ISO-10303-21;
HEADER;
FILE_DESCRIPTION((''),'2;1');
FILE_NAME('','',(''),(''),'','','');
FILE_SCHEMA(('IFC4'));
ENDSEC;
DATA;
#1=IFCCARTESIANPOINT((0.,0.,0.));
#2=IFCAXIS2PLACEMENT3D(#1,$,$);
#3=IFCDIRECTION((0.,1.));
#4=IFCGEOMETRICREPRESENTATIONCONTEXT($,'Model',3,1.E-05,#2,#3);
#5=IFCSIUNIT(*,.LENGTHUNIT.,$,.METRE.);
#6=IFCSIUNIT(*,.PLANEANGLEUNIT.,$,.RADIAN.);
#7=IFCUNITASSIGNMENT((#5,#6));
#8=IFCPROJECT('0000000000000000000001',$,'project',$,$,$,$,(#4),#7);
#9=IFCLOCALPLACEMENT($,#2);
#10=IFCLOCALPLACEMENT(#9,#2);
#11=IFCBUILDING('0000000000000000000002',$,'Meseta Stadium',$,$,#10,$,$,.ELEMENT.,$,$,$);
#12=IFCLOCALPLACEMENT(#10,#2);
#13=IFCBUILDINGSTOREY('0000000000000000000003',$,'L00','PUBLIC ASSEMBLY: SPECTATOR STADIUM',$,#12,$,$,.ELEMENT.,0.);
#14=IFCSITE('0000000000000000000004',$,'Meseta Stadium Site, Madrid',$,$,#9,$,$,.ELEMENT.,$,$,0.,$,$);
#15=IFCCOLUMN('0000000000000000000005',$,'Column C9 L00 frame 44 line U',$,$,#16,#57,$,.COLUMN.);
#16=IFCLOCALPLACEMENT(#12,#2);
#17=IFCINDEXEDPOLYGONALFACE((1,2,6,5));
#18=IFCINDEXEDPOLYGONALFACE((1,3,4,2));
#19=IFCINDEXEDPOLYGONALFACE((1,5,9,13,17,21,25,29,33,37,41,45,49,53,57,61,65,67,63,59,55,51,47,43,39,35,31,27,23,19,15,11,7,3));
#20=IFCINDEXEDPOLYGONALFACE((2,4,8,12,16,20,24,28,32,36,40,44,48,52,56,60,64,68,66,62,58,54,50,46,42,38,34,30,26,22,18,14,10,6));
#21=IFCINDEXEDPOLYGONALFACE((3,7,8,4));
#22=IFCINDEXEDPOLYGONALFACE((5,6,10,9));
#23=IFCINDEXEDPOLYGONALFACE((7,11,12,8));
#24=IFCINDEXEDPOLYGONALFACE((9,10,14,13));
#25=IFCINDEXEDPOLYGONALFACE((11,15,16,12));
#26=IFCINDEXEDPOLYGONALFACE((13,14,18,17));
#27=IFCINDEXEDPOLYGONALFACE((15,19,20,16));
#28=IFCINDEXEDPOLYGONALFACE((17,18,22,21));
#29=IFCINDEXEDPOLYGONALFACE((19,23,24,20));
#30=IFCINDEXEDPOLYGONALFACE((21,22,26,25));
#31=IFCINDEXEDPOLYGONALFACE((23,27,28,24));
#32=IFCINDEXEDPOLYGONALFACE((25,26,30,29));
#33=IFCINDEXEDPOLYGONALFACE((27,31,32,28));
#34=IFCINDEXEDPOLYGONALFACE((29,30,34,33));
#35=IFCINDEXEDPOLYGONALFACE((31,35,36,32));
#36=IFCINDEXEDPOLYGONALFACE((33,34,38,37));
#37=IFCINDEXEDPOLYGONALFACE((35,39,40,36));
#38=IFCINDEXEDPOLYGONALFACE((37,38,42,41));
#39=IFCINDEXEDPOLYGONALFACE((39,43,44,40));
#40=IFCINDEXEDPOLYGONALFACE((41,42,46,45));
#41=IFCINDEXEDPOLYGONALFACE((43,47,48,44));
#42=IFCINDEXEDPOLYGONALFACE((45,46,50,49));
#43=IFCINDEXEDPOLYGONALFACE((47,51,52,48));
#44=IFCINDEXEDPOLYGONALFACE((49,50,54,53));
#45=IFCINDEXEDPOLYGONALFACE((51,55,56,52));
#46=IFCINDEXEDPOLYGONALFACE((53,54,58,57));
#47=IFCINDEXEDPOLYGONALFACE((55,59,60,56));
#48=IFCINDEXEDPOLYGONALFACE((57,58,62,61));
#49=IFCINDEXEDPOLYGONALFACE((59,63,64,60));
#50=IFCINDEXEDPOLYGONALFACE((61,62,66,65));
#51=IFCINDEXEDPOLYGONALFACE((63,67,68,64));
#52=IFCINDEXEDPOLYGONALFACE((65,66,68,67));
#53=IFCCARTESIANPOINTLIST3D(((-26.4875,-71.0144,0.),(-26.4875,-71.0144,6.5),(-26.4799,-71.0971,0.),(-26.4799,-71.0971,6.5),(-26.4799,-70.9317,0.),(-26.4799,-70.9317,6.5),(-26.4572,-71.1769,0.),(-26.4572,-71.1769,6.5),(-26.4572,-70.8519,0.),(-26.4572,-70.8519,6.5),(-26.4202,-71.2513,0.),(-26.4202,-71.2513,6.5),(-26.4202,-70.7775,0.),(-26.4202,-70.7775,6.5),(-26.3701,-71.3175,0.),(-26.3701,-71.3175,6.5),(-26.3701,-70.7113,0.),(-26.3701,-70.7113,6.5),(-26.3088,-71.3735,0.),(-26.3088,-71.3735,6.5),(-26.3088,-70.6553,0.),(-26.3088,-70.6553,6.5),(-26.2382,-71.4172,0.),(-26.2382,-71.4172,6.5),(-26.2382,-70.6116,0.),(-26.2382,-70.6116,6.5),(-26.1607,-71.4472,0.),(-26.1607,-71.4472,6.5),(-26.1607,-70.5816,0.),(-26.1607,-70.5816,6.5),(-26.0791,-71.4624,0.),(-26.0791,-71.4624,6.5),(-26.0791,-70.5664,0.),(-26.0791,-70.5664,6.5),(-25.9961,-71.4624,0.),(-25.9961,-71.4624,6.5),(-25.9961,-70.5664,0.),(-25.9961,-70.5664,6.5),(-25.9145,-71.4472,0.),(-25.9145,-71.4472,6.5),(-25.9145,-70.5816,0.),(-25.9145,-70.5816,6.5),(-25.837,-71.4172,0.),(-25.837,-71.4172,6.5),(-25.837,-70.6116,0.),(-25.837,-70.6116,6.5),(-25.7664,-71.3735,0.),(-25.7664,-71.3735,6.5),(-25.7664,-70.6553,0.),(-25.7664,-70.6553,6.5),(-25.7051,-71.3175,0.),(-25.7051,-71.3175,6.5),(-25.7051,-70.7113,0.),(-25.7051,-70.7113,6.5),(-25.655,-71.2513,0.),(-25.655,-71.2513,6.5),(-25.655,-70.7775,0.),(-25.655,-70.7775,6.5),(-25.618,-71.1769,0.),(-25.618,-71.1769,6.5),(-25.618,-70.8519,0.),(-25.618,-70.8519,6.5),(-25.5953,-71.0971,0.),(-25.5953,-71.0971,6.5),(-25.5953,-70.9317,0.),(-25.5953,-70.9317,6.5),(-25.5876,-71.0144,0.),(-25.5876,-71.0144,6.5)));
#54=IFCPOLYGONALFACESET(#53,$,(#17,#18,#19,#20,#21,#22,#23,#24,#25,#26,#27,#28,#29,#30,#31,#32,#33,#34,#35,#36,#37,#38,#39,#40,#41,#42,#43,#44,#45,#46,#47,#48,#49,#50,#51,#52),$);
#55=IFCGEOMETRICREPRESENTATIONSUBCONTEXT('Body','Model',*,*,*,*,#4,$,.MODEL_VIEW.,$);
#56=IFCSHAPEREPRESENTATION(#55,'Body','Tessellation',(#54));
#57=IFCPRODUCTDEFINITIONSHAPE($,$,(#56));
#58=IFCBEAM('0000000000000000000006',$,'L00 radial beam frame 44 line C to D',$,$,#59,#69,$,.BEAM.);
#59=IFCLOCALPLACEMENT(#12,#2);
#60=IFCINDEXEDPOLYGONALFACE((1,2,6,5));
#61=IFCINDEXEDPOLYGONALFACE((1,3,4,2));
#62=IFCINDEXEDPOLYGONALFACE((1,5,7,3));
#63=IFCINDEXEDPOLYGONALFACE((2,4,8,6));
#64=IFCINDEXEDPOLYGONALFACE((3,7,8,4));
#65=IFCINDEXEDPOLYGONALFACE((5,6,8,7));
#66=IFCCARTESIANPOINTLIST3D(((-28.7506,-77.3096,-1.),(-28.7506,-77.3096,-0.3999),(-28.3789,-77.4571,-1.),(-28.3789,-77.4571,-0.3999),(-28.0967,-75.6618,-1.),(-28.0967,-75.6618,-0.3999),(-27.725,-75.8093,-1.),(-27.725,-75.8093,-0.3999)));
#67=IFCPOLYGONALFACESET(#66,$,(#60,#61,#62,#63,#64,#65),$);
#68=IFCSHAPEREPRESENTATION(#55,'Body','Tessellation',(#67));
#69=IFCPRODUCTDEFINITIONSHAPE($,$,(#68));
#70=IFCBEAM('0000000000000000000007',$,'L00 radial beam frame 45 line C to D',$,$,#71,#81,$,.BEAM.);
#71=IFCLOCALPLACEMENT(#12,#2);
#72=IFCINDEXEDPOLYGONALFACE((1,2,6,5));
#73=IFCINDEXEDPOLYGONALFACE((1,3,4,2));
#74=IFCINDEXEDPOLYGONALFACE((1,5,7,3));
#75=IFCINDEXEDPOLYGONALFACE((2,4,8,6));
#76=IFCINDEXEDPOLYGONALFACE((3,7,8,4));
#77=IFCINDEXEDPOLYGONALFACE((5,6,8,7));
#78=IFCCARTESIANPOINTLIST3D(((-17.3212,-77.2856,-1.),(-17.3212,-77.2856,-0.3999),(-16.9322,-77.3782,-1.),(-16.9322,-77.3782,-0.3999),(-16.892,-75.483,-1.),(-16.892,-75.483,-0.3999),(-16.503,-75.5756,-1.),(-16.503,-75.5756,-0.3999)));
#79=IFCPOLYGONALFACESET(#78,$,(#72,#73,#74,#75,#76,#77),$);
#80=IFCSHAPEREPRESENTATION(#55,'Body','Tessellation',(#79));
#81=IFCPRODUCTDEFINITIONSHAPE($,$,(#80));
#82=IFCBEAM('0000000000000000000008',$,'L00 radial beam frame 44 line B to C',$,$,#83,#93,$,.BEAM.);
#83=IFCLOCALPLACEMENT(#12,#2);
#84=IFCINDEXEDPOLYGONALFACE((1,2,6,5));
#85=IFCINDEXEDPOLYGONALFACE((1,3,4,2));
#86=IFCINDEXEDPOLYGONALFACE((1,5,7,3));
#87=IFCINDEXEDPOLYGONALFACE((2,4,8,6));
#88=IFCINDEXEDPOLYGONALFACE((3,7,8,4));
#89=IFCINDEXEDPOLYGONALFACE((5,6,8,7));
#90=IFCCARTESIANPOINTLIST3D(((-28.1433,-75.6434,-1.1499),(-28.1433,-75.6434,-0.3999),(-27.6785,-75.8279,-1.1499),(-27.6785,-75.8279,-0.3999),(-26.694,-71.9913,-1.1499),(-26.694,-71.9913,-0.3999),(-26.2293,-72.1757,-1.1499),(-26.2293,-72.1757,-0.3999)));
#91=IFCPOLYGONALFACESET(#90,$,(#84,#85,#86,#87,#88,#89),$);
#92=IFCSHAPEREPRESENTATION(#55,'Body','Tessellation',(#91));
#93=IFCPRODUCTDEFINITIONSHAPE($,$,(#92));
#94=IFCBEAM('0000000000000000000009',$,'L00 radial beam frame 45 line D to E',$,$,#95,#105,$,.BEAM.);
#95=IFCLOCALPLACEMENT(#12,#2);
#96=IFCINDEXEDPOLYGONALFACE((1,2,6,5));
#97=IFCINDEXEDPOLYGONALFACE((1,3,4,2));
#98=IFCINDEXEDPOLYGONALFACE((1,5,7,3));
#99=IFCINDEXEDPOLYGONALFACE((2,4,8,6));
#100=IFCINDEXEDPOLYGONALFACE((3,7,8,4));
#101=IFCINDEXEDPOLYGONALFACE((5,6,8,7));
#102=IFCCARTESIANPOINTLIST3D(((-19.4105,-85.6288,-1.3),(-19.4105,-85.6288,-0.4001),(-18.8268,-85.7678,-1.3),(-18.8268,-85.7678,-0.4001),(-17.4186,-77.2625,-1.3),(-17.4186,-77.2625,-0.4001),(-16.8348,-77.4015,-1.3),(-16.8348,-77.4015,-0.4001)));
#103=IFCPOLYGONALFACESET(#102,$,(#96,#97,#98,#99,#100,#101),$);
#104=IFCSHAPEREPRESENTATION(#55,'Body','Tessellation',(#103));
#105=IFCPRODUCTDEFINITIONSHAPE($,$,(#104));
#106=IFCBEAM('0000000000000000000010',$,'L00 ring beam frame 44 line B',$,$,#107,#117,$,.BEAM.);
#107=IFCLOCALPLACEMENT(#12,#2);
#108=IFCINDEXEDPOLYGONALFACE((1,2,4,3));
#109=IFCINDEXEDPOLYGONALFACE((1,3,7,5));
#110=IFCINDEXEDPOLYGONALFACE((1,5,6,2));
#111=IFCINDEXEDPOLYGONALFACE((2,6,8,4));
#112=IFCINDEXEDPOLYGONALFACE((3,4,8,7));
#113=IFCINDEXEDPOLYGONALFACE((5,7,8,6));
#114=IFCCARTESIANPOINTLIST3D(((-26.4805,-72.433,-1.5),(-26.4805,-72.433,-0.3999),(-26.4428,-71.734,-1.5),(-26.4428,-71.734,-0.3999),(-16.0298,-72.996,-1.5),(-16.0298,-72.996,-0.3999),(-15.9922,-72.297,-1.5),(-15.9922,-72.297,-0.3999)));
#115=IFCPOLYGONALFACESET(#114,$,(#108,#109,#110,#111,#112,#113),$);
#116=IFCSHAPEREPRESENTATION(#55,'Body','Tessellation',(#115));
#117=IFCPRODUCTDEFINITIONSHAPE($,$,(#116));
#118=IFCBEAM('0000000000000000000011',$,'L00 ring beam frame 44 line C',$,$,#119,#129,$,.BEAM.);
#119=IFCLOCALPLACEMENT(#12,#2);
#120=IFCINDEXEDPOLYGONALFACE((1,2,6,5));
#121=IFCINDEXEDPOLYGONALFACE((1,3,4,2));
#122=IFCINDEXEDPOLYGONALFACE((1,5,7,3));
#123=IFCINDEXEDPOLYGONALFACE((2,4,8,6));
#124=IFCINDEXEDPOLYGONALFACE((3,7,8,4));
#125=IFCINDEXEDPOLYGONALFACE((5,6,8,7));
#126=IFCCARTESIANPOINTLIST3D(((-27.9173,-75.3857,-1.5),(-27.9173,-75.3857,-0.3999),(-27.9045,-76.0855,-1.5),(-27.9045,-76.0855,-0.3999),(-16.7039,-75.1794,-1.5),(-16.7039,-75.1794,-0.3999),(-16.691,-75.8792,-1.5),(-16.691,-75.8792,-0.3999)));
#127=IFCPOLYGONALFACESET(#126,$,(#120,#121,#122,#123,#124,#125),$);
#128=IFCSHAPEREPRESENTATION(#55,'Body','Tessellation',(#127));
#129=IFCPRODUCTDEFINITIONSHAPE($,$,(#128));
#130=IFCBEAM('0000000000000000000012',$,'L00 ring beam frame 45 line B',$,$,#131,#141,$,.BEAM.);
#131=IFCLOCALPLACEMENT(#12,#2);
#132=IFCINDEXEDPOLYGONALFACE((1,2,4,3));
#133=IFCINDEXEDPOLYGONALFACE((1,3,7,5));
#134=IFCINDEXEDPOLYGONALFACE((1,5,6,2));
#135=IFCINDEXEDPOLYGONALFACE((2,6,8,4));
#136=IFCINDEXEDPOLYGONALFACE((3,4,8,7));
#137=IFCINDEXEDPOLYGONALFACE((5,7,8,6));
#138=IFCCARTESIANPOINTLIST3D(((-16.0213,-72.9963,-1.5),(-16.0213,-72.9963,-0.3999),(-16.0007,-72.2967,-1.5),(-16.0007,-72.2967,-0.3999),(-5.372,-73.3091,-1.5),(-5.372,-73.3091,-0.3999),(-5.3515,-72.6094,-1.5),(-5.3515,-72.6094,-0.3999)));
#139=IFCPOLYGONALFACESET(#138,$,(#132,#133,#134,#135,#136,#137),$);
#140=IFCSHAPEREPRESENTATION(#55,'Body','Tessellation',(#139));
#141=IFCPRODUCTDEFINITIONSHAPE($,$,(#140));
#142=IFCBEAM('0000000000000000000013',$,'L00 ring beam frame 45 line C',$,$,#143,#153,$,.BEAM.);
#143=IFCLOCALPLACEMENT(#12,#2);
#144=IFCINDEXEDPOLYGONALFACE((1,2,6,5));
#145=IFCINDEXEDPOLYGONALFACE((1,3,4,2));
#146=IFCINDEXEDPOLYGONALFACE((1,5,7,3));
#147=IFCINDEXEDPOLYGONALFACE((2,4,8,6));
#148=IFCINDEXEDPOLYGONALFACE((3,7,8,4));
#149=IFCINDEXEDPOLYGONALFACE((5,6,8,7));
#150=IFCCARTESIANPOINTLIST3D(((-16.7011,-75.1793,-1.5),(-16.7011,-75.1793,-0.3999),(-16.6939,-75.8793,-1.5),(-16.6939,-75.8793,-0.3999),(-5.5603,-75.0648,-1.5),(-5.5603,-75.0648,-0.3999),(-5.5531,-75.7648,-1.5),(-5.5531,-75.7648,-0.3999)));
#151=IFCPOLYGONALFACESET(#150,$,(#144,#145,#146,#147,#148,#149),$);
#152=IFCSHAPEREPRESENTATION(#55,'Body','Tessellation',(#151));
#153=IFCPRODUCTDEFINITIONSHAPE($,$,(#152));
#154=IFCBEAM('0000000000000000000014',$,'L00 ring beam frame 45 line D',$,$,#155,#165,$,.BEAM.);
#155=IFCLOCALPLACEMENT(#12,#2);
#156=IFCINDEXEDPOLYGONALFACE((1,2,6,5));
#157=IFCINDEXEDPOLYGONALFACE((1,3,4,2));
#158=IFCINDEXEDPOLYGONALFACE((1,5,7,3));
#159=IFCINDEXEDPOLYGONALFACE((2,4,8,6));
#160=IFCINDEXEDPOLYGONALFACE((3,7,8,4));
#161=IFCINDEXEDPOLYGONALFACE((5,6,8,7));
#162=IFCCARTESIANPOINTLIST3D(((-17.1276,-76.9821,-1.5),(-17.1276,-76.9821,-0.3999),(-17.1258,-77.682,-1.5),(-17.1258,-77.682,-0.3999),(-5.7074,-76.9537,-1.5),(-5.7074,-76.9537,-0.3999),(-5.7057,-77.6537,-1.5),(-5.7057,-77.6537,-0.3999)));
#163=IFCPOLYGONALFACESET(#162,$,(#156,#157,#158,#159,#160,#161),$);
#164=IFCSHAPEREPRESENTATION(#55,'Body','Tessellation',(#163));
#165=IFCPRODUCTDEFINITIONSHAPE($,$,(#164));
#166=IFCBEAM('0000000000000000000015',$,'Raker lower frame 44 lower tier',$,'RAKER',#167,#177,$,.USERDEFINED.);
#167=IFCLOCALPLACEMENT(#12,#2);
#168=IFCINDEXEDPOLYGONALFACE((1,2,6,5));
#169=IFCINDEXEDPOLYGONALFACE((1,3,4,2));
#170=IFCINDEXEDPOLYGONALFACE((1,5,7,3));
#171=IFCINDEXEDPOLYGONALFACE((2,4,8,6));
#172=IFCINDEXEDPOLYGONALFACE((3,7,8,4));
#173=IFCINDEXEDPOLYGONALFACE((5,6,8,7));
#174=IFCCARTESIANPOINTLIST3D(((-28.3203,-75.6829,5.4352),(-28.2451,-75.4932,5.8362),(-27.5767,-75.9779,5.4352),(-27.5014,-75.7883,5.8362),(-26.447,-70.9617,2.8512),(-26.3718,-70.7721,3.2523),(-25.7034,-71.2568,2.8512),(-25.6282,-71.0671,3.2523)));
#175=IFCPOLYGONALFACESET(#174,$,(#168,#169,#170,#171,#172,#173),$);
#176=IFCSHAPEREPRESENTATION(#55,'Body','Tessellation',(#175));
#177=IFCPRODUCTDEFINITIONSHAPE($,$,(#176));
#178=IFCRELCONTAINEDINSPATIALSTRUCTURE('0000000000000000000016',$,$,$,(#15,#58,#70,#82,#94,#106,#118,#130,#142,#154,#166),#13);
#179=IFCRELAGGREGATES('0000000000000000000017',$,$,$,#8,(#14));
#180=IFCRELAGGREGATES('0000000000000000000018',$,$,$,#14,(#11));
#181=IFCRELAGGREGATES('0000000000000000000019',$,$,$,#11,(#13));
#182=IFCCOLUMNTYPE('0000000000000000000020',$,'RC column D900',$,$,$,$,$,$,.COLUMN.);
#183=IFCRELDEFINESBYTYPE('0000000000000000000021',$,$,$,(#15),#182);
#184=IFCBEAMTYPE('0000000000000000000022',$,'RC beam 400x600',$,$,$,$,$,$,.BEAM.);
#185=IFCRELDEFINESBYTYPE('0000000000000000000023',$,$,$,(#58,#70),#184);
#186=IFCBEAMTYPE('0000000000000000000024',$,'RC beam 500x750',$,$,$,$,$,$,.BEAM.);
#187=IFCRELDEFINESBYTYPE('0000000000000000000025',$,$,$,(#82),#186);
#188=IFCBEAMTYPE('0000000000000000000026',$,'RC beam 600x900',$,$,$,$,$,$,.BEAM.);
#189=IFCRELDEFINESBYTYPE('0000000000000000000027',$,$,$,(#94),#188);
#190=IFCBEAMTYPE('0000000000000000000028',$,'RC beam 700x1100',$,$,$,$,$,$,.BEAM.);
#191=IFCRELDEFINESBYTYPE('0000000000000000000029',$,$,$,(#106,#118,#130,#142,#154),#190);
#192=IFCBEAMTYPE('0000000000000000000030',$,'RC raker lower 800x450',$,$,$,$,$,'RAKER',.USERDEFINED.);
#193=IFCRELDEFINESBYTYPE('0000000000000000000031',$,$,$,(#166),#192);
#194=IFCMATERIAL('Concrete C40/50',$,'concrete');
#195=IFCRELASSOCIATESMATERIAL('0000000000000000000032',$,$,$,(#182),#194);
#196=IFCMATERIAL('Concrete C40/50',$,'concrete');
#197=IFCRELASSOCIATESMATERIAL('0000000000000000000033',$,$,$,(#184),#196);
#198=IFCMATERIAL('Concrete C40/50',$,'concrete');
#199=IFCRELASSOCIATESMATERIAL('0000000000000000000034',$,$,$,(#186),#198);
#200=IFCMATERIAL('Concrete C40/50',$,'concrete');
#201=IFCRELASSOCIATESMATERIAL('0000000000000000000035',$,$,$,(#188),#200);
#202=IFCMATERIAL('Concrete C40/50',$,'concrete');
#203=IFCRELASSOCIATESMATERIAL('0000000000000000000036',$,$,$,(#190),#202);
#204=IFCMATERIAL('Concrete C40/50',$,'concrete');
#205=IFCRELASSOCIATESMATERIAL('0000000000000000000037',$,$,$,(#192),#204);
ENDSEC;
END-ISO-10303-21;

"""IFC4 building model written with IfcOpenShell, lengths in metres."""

from ifc_helpers import new_model, si_unit, direction, frame, origin, origin_2d, place, context, subcontext, project, spatial, rectangle, circle, extrude, material, material_profile, profile_set, type_object, element, save


model = new_model("IFC4")

# Units and contexts
model_context = context("Model", 3, precision=1e-05, world=origin(), true_north=direction((0.0, 1.0)))
body_context = subcontext(model_context, "Body", "Model", "MODEL_VIEW")
ifc_project = project(units=[si_unit("LENGTHUNIT", "METRE"), si_unit("PLANEANGLEUNIT", "RADIAN")], contexts=[model_context])

# Site, building, storey
site_placement = place(None, origin())
site = spatial("IfcSite", under=ifc_project, at=site_placement, Name="Meseta Stadium Site, Madrid", CompositionType="ELEMENT", RefElevation=0.0)
building_placement = place(site_placement, origin())
building = spatial("IfcBuilding", under=site, at=building_placement, Name="Meseta Stadium", CompositionType="ELEMENT")
storey_placement = place(building_placement, origin())
storey = spatial("IfcBuildingStorey", under=building, at=storey_placement, Name="L00", Description="PUBLIC ASSEMBLY: SPECTATOR STADIUM", CompositionType="ELEMENT", Elevation=0.0)

# Column
ifc_material_1 = material(Name="Concrete C40/50", Category="concrete")
ifc_material_profile_1 = material_profile(ifc_material_1, circle(Radius=0.45, at=origin_2d()), Name="RC D900")
ifc_profile_set_1 = profile_set([ifc_material_profile_1], Name="Concrete C40/50")
column_type_1 = type_object("IfcColumnType", Name="RC column D900", PredefinedType="COLUMN", material=ifc_profile_set_1)
column_1_placement = place(storey_placement, frame((-26.0376, -71.0144, 0.0), z_axis=(0.0, 0.0, 1.0), x_axis=(1.0, 0.0, 0.0)))
element("IfcColumn", 1, at=column_1_placement, inside=storey, type_object=column_type_1, Name="Column C9 L00 frame 44 line U", PredefinedType="COLUMN", context=body_context, shape_type="SweptSolid", body=[
    extrude(circle(Radius=0.45, at=origin_2d()), origin(), (0.0, 0.0, 1.0), 6.5),
])

# Beams
ifc_material_2 = material(Name="Concrete C40/50", Category="concrete")
ifc_material_profile_2 = material_profile(ifc_material_2, rectangle(XDim=0.3999, YDim=0.6001, at=origin_2d()), Name="RC 400x600")
ifc_profile_set_2 = profile_set([ifc_material_profile_2], Name="Concrete C40/50")
beam_type_1 = type_object("IfcBeamType", Name="RC beam 400x600", PredefinedType="BEAM", material=ifc_profile_set_2)
beam_1_placement = place(storey_placement, frame((-27.9109, -75.7356, -0.7), z_axis=(-0.368825, -0.929499, 0.0), x_axis=(0.929499, -0.368825, 0.0)))
element("IfcBeam", 2, at=beam_1_placement, inside=storey, type_object=beam_type_1, Name="L00 radial beam frame 44 line C to D", PredefinedType="BEAM", context=body_context, shape_type="SweptSolid", body=[
    extrude(rectangle(XDim=0.3999, YDim=0.6001, at=origin_2d()), origin(), (0.0, 0.0, 1.0), 1.7727),
])
beam_2_placement = place(storey_placement, frame((-16.6975, -75.5293, -0.7), z_axis=(-0.231609, -0.972809, 0.0), x_axis=(0.972809, -0.231609, 0.0)))
element("IfcBeam", 3, at=beam_2_placement, inside=storey, type_object=beam_type_1, Name="L00 radial beam frame 45 line C to D", PredefinedType="BEAM", context=body_context, shape_type="SweptSolid", body=[
    extrude(rectangle(XDim=0.3999, YDim=0.6001, at=origin_2d()), origin(), (0.0, 0.0, 1.0), 1.853),
])
ifc_material_3 = material(Name="Concrete C40/50", Category="concrete")
ifc_material_profile_3 = material_profile(ifc_material_3, rectangle(XDim=0.5, YDim=0.75, at=origin_2d()), Name="RC 500x750")
ifc_profile_set_3 = profile_set([ifc_material_profile_3], Name="Concrete C40/50")
beam_type_2 = type_object("IfcBeamType", Name="RC beam 500x750", PredefinedType="BEAM", material=ifc_profile_set_3)
beam_3_placement = place(storey_placement, frame((-26.4617, -72.0835, -0.7749), z_axis=(-0.36884, -0.929493, 0.0), x_axis=(0.929493, -0.36884, 0.0)))
element("IfcBeam", 4, at=beam_3_placement, inside=storey, type_object=beam_type_2, Name="L00 radial beam frame 44 line B to C", PredefinedType="BEAM", context=body_context, shape_type="SweptSolid", body=[
    extrude(rectangle(XDim=0.5, YDim=0.75, at=origin_2d()), origin(), (0.0, 0.0, 1.0), 3.9292),
])
ifc_material_4 = material(Name="Concrete C40/50", Category="concrete")
ifc_material_profile_4 = material_profile(ifc_material_4, rectangle(XDim=0.6001, YDim=0.8999, at=origin_2d()), Name="RC 600x900")
ifc_profile_set_4 = profile_set([ifc_material_profile_4], Name="Concrete C40/50")
beam_type_3 = type_object("IfcBeamType", Name="RC beam 600x900", PredefinedType="BEAM", material=ifc_profile_set_4)
beam_4_placement = place(storey_placement, frame((-17.1267, -77.332, -0.8501), z_axis=(-0.231619, -0.972807, 0.0), x_axis=(0.972807, -0.231619, 0.0)))
element("IfcBeam", 5, at=beam_4_placement, inside=storey, type_object=beam_type_3, Name="L00 radial beam frame 45 line D to E", PredefinedType="BEAM", context=body_context, shape_type="SweptSolid", body=[
    extrude(rectangle(XDim=0.6001, YDim=0.8999, at=origin_2d()), origin(), (0.0, 0.0, 1.0), 8.6001),
])
ifc_material_5 = material(Name="Concrete C40/50", Category="concrete")
ifc_material_profile_5 = material_profile(ifc_material_5, rectangle(XDim=0.7, YDim=1.1001, at=origin_2d()), Name="RC 700x1100")
ifc_profile_set_5 = profile_set([ifc_material_profile_5], Name="Concrete C40/50")
beam_type_4 = type_object("IfcBeamType", Name="RC beam 700x1100", PredefinedType="BEAM", material=ifc_profile_set_5)
beam_5_placement = place(storey_placement, frame((-26.4617, -72.0835, -0.95), z_axis=(0.998552, -0.053793, 0.0), x_axis=(0.053793, 0.998552, 0.0)))
element("IfcBeam", 6, at=beam_5_placement, inside=storey, type_object=beam_type_4, Name="L00 ring beam frame 44 line B", PredefinedType="BEAM", context=body_context, shape_type="SweptSolid", body=[
    extrude(rectangle(XDim=0.7, YDim=1.1001, at=origin_2d()), origin(), (0.0, 0.0, 1.0), 10.4658),
])
beam_6_placement = place(storey_placement, frame((-27.9109, -75.7356, -0.95), z_axis=(0.999831, 0.018394, 0.0), x_axis=(-0.018394, 0.999831, 0.0)))
element("IfcBeam", 7, at=beam_6_placement, inside=storey, type_object=beam_type_4, Name="L00 ring beam frame 44 line C", PredefinedType="BEAM", context=body_context, shape_type="SweptSolid", body=[
    extrude(rectangle(XDim=0.7, YDim=1.1001, at=origin_2d()), origin(), (0.0, 0.0, 1.0), 11.2153),
])
beam_7_placement = place(storey_placement, frame((-16.011, -72.6465, -0.95), z_axis=(0.999569, -0.029355, 0.0), x_axis=(0.029355, 0.999569, 0.0)))
element("IfcBeam", 8, at=beam_7_placement, inside=storey, type_object=beam_type_4, Name="L00 ring beam frame 45 line B", PredefinedType="BEAM", context=body_context, shape_type="SweptSolid", body=[
    extrude(rectangle(XDim=0.7, YDim=1.1001, at=origin_2d()), origin(), (0.0, 0.0, 1.0), 10.6538),
])
beam_8_placement = place(storey_placement, frame((-16.6975, -75.5293, -0.95), z_axis=(0.999947, 0.010277, 0.0), x_axis=(-0.010277, 0.999947, 0.0)))
element("IfcBeam", 9, at=beam_8_placement, inside=storey, type_object=beam_type_4, Name="L00 ring beam frame 45 line C", PredefinedType="BEAM", context=body_context, shape_type="SweptSolid", body=[
    extrude(rectangle(XDim=0.7, YDim=1.1001, at=origin_2d()), origin(), (0.0, 0.0, 1.0), 11.1414),
])
beam_9_placement = place(storey_placement, frame((-17.1267, -77.332, -0.95), z_axis=(0.999997, 0.00248, 0.0), x_axis=(-0.00248, 0.999997, 0.0)))
element("IfcBeam", 10, at=beam_9_placement, inside=storey, type_object=beam_type_4, Name="L00 ring beam frame 45 line D", PredefinedType="BEAM", context=body_context, shape_type="SweptSolid", body=[
    extrude(rectangle(XDim=0.7, YDim=1.1001, at=origin_2d()), origin(), (0.0, 0.0, 1.0), 11.4202),
])
ifc_material_6 = material(Name="Concrete C40/50", Category="concrete")
ifc_material_profile_6 = material_profile(ifc_material_6, rectangle(XDim=0.8, YDim=0.45, at=origin_2d()), Name="RC 800x450")
ifc_profile_set_6 = profile_set([ifc_material_profile_6], Name="Concrete C40/50")
beam_type_5 = type_object("IfcBeamType", Name="RC raker lower 800x450", ElementType="RAKER", PredefinedType="USERDEFINED", material=ifc_profile_set_6)
beam_10_placement = place(storey_placement, frame((-26.0376, -71.0144, 3.0518), z_axis=(-0.328719, -0.82846, 0.453429), x_axis=(0.929504, -0.368812, 0.0)))
element("IfcBeam", 11, at=beam_10_placement, inside=storey, type_object=beam_type_5, Name="Raker lower frame 44 lower tier", ObjectType="RAKER", PredefinedType="USERDEFINED", context=body_context, shape_type="SweptSolid", body=[
    extrude(rectangle(XDim=0.8, YDim=0.45, at=origin_2d()), origin(), (0.0, 0.0, 1.0), 5.6987),
])

save(model, "model.ifc")
